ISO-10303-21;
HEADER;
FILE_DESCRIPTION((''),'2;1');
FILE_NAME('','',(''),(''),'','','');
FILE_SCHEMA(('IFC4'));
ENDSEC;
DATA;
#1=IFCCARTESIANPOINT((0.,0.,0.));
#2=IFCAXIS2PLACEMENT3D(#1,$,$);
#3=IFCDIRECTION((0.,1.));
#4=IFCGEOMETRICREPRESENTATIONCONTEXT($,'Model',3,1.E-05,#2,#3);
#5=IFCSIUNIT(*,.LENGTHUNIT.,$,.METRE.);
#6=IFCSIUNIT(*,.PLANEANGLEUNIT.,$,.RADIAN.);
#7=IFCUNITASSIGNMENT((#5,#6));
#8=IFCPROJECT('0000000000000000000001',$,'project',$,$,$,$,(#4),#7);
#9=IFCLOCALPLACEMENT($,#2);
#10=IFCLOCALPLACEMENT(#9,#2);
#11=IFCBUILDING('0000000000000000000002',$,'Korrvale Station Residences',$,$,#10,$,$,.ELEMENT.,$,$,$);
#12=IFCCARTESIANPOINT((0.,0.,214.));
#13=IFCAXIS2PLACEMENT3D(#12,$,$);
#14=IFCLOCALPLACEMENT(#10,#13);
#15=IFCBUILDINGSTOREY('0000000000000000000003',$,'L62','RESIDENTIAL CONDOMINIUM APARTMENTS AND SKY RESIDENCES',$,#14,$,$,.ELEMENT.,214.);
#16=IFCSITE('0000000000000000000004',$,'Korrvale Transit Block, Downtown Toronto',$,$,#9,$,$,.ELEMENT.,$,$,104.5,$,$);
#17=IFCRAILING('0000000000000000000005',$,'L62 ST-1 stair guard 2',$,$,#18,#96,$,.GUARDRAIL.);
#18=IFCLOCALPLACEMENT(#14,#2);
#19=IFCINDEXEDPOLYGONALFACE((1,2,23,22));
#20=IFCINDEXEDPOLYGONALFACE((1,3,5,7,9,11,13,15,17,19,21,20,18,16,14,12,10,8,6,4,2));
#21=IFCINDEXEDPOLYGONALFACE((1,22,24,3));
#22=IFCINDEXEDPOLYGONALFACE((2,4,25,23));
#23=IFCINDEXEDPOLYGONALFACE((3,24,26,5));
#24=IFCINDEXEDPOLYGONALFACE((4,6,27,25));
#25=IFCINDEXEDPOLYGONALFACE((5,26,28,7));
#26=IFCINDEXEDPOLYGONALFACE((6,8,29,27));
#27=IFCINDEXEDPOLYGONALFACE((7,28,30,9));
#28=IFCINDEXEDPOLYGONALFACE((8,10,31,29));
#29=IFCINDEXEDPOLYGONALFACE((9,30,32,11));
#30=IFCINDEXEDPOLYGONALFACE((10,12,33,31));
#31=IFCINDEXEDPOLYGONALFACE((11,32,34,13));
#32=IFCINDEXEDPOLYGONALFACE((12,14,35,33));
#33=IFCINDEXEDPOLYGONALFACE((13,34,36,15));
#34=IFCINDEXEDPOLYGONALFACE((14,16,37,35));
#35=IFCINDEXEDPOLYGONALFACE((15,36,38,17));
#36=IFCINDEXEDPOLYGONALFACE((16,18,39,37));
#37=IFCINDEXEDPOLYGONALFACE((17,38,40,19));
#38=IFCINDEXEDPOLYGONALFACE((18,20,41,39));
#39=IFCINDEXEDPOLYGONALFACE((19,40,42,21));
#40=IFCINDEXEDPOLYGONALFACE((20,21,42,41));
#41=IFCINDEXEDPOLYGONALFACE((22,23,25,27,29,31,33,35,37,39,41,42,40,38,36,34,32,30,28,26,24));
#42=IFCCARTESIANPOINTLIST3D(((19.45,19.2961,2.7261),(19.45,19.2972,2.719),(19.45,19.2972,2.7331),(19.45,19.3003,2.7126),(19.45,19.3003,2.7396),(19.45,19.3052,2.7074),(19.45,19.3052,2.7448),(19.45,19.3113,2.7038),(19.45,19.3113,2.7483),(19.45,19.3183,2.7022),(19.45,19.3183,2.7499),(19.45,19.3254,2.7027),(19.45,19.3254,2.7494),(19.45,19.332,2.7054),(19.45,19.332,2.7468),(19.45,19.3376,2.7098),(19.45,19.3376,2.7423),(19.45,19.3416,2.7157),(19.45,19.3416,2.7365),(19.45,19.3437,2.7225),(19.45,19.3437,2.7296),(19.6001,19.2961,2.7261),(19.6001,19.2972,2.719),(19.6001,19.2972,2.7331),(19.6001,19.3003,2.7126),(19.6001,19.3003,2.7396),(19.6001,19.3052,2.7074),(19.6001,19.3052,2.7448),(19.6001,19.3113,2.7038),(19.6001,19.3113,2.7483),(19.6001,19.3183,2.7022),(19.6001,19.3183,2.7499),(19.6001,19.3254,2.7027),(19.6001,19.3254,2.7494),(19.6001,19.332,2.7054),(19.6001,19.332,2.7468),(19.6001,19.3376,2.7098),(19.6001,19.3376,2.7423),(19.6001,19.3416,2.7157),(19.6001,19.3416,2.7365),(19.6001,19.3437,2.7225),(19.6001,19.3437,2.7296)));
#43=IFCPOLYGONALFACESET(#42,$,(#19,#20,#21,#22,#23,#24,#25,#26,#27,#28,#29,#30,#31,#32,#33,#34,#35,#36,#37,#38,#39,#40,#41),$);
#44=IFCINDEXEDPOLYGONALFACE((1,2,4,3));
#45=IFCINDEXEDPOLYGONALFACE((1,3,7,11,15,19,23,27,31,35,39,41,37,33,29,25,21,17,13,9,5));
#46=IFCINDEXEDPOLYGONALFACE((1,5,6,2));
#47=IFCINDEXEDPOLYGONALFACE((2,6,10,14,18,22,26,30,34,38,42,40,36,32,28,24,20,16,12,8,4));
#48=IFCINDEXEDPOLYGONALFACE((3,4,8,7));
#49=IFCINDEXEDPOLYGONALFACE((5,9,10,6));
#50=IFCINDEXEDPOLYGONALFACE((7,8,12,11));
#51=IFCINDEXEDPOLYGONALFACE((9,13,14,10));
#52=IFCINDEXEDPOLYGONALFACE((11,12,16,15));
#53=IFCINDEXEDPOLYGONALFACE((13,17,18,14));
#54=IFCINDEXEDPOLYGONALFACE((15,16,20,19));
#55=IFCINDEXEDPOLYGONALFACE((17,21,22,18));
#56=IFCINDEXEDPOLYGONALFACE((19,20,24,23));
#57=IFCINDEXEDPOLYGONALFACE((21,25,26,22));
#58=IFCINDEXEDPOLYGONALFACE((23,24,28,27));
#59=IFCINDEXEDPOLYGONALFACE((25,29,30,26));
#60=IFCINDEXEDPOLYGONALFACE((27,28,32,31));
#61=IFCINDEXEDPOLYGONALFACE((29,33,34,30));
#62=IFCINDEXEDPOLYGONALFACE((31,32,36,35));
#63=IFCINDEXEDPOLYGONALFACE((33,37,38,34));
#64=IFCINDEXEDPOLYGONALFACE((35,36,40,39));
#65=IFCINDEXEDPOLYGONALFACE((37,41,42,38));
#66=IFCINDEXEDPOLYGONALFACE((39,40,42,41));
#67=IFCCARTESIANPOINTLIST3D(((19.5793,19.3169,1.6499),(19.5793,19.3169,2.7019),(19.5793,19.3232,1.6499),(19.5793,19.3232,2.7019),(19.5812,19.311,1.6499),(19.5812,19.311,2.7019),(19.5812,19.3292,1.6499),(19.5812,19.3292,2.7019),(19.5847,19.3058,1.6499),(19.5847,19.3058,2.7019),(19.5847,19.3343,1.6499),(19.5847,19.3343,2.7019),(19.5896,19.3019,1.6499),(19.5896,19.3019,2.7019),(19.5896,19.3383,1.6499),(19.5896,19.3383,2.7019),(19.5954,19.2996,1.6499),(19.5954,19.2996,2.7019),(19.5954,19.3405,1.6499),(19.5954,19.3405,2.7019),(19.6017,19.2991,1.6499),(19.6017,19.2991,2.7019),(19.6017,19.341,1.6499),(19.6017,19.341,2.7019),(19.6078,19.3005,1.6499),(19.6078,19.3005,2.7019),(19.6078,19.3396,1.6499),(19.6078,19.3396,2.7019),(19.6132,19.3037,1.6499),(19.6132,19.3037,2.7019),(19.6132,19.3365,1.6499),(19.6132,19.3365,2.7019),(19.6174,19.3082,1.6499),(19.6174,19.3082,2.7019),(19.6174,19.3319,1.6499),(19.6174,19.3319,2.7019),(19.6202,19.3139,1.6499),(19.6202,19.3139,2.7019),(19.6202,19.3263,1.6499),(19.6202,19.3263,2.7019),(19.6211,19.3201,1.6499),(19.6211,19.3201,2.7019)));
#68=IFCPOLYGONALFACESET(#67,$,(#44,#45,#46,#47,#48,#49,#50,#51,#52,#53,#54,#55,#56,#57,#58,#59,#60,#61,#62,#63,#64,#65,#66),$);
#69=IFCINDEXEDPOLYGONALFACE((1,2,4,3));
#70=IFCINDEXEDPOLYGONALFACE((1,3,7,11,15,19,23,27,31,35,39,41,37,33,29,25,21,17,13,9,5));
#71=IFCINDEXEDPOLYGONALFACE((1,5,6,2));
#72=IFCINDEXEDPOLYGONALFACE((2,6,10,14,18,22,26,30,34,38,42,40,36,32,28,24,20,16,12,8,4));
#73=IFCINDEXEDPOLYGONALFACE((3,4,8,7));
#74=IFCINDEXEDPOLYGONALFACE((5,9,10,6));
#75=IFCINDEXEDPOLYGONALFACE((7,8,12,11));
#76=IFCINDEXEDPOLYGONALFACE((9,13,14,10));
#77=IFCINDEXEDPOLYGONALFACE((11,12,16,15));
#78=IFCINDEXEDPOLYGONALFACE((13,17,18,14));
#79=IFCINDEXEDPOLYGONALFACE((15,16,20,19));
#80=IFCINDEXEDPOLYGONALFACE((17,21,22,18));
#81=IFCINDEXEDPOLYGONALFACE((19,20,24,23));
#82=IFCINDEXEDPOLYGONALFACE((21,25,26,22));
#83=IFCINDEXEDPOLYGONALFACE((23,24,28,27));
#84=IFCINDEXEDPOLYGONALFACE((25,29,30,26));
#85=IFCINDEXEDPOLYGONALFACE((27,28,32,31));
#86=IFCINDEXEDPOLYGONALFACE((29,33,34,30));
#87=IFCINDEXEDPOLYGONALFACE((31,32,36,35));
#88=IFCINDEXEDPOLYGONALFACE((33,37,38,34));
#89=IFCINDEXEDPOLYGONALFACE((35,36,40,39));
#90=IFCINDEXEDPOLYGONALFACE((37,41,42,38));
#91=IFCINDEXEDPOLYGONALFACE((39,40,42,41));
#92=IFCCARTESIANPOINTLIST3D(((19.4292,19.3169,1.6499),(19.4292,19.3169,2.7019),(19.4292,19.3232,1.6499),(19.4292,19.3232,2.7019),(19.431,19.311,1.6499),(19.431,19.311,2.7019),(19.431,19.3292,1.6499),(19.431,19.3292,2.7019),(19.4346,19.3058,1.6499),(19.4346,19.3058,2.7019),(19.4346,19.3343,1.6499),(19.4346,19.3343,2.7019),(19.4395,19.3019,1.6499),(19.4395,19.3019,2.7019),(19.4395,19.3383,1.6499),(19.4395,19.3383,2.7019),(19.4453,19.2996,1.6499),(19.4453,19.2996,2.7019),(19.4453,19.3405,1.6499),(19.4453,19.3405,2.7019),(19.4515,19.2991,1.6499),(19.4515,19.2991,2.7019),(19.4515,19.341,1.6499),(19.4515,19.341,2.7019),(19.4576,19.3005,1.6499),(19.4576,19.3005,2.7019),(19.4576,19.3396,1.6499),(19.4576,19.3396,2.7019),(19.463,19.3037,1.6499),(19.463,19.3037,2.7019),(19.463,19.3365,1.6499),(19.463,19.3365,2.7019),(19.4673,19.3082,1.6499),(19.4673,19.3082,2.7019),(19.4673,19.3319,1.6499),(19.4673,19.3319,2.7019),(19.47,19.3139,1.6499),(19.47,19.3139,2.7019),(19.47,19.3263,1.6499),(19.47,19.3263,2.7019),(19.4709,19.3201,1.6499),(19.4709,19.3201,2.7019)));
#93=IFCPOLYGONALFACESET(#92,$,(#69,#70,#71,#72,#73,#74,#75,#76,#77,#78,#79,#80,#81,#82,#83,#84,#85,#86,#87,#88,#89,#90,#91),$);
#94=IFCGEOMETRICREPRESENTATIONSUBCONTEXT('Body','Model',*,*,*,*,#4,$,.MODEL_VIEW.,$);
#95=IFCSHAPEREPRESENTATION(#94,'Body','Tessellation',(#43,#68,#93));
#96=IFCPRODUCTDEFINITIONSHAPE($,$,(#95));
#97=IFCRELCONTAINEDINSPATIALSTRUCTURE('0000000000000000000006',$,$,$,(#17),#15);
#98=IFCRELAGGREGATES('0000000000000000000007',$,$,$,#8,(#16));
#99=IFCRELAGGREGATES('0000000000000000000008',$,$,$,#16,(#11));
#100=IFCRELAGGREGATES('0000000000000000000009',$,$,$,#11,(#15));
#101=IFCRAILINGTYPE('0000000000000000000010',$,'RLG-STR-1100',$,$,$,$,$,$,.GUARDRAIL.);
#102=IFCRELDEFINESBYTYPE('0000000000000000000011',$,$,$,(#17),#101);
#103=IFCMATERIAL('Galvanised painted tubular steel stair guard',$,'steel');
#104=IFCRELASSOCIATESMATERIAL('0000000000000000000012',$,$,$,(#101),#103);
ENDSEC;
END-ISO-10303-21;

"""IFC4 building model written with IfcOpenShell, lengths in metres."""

from ifc_helpers import new_model, si_unit, direction, frame, origin, origin_2d, place, context, subcontext, project, spatial, circle, extrude, material, type_object, element, save


model = new_model("IFC4")

# Units and contexts
model_context = context("Model", 3, precision=1e-05, world=origin(), true_north=direction((0.0, 1.0)))
body_context = subcontext(model_context, "Body", "Model", "MODEL_VIEW")
ifc_project = project(units=[si_unit("LENGTHUNIT", "METRE"), si_unit("PLANEANGLEUNIT", "RADIAN")], contexts=[model_context])

# Site, building, storey
site_placement = place(None, origin())
site = spatial("IfcSite", under=ifc_project, at=site_placement, Name="Korrvale Transit Block, Downtown Toronto", CompositionType="ELEMENT", RefElevation=104.5)
building_placement = place(site_placement, origin())
building = spatial("IfcBuilding", under=site, at=building_placement, Name="Korrvale Station Residences", CompositionType="ELEMENT")
storey_placement = place(building_placement, frame((0.0, 0.0, 214.0)))
storey = spatial("IfcBuildingStorey", under=building, at=storey_placement, Name="L62", Description="RESIDENTIAL CONDOMINIUM APARTMENTS AND SKY RESIDENCES", CompositionType="ELEMENT", Elevation=214.0)

# Railing
ifc_material_1 = material(Name="Galvanised painted tubular steel stair guard", Category="steel")
railing_type_1 = type_object("IfcRailingType", Name="RLG-STR-1100", PredefinedType="GUARDRAIL", material=ifc_material_1)
railing_1_placement = place(storey_placement, frame((19.6001, 19.3201, 1.6499)))
element("IfcRailing", 1, at=railing_1_placement, inside=storey, type_object=railing_type_1, Name="L62 ST-1 stair guard 2", PredefinedType="GUARDRAIL", context=body_context, shape_type="SweptSolid", body=[
    extrude(circle(Radius=0.0239, at=origin_2d()), frame((0.0, 0.0, 1.0762), z_axis=(-1.0, 0.0, 0.0), x_axis=(0.0, -1.0, 0.0)), (0.0, 0.0, 1.0), 0.1501),
    extrude(circle(Radius=0.021, at=origin_2d()), origin(), (0.0, 0.0, 1.0), 1.052),
    extrude(circle(Radius=0.021, at=origin_2d()), frame((-0.1501, 0.0, 0.0)), (0.0, 0.0, 1.0), 1.052),
])

save(model, "model.ifc")
